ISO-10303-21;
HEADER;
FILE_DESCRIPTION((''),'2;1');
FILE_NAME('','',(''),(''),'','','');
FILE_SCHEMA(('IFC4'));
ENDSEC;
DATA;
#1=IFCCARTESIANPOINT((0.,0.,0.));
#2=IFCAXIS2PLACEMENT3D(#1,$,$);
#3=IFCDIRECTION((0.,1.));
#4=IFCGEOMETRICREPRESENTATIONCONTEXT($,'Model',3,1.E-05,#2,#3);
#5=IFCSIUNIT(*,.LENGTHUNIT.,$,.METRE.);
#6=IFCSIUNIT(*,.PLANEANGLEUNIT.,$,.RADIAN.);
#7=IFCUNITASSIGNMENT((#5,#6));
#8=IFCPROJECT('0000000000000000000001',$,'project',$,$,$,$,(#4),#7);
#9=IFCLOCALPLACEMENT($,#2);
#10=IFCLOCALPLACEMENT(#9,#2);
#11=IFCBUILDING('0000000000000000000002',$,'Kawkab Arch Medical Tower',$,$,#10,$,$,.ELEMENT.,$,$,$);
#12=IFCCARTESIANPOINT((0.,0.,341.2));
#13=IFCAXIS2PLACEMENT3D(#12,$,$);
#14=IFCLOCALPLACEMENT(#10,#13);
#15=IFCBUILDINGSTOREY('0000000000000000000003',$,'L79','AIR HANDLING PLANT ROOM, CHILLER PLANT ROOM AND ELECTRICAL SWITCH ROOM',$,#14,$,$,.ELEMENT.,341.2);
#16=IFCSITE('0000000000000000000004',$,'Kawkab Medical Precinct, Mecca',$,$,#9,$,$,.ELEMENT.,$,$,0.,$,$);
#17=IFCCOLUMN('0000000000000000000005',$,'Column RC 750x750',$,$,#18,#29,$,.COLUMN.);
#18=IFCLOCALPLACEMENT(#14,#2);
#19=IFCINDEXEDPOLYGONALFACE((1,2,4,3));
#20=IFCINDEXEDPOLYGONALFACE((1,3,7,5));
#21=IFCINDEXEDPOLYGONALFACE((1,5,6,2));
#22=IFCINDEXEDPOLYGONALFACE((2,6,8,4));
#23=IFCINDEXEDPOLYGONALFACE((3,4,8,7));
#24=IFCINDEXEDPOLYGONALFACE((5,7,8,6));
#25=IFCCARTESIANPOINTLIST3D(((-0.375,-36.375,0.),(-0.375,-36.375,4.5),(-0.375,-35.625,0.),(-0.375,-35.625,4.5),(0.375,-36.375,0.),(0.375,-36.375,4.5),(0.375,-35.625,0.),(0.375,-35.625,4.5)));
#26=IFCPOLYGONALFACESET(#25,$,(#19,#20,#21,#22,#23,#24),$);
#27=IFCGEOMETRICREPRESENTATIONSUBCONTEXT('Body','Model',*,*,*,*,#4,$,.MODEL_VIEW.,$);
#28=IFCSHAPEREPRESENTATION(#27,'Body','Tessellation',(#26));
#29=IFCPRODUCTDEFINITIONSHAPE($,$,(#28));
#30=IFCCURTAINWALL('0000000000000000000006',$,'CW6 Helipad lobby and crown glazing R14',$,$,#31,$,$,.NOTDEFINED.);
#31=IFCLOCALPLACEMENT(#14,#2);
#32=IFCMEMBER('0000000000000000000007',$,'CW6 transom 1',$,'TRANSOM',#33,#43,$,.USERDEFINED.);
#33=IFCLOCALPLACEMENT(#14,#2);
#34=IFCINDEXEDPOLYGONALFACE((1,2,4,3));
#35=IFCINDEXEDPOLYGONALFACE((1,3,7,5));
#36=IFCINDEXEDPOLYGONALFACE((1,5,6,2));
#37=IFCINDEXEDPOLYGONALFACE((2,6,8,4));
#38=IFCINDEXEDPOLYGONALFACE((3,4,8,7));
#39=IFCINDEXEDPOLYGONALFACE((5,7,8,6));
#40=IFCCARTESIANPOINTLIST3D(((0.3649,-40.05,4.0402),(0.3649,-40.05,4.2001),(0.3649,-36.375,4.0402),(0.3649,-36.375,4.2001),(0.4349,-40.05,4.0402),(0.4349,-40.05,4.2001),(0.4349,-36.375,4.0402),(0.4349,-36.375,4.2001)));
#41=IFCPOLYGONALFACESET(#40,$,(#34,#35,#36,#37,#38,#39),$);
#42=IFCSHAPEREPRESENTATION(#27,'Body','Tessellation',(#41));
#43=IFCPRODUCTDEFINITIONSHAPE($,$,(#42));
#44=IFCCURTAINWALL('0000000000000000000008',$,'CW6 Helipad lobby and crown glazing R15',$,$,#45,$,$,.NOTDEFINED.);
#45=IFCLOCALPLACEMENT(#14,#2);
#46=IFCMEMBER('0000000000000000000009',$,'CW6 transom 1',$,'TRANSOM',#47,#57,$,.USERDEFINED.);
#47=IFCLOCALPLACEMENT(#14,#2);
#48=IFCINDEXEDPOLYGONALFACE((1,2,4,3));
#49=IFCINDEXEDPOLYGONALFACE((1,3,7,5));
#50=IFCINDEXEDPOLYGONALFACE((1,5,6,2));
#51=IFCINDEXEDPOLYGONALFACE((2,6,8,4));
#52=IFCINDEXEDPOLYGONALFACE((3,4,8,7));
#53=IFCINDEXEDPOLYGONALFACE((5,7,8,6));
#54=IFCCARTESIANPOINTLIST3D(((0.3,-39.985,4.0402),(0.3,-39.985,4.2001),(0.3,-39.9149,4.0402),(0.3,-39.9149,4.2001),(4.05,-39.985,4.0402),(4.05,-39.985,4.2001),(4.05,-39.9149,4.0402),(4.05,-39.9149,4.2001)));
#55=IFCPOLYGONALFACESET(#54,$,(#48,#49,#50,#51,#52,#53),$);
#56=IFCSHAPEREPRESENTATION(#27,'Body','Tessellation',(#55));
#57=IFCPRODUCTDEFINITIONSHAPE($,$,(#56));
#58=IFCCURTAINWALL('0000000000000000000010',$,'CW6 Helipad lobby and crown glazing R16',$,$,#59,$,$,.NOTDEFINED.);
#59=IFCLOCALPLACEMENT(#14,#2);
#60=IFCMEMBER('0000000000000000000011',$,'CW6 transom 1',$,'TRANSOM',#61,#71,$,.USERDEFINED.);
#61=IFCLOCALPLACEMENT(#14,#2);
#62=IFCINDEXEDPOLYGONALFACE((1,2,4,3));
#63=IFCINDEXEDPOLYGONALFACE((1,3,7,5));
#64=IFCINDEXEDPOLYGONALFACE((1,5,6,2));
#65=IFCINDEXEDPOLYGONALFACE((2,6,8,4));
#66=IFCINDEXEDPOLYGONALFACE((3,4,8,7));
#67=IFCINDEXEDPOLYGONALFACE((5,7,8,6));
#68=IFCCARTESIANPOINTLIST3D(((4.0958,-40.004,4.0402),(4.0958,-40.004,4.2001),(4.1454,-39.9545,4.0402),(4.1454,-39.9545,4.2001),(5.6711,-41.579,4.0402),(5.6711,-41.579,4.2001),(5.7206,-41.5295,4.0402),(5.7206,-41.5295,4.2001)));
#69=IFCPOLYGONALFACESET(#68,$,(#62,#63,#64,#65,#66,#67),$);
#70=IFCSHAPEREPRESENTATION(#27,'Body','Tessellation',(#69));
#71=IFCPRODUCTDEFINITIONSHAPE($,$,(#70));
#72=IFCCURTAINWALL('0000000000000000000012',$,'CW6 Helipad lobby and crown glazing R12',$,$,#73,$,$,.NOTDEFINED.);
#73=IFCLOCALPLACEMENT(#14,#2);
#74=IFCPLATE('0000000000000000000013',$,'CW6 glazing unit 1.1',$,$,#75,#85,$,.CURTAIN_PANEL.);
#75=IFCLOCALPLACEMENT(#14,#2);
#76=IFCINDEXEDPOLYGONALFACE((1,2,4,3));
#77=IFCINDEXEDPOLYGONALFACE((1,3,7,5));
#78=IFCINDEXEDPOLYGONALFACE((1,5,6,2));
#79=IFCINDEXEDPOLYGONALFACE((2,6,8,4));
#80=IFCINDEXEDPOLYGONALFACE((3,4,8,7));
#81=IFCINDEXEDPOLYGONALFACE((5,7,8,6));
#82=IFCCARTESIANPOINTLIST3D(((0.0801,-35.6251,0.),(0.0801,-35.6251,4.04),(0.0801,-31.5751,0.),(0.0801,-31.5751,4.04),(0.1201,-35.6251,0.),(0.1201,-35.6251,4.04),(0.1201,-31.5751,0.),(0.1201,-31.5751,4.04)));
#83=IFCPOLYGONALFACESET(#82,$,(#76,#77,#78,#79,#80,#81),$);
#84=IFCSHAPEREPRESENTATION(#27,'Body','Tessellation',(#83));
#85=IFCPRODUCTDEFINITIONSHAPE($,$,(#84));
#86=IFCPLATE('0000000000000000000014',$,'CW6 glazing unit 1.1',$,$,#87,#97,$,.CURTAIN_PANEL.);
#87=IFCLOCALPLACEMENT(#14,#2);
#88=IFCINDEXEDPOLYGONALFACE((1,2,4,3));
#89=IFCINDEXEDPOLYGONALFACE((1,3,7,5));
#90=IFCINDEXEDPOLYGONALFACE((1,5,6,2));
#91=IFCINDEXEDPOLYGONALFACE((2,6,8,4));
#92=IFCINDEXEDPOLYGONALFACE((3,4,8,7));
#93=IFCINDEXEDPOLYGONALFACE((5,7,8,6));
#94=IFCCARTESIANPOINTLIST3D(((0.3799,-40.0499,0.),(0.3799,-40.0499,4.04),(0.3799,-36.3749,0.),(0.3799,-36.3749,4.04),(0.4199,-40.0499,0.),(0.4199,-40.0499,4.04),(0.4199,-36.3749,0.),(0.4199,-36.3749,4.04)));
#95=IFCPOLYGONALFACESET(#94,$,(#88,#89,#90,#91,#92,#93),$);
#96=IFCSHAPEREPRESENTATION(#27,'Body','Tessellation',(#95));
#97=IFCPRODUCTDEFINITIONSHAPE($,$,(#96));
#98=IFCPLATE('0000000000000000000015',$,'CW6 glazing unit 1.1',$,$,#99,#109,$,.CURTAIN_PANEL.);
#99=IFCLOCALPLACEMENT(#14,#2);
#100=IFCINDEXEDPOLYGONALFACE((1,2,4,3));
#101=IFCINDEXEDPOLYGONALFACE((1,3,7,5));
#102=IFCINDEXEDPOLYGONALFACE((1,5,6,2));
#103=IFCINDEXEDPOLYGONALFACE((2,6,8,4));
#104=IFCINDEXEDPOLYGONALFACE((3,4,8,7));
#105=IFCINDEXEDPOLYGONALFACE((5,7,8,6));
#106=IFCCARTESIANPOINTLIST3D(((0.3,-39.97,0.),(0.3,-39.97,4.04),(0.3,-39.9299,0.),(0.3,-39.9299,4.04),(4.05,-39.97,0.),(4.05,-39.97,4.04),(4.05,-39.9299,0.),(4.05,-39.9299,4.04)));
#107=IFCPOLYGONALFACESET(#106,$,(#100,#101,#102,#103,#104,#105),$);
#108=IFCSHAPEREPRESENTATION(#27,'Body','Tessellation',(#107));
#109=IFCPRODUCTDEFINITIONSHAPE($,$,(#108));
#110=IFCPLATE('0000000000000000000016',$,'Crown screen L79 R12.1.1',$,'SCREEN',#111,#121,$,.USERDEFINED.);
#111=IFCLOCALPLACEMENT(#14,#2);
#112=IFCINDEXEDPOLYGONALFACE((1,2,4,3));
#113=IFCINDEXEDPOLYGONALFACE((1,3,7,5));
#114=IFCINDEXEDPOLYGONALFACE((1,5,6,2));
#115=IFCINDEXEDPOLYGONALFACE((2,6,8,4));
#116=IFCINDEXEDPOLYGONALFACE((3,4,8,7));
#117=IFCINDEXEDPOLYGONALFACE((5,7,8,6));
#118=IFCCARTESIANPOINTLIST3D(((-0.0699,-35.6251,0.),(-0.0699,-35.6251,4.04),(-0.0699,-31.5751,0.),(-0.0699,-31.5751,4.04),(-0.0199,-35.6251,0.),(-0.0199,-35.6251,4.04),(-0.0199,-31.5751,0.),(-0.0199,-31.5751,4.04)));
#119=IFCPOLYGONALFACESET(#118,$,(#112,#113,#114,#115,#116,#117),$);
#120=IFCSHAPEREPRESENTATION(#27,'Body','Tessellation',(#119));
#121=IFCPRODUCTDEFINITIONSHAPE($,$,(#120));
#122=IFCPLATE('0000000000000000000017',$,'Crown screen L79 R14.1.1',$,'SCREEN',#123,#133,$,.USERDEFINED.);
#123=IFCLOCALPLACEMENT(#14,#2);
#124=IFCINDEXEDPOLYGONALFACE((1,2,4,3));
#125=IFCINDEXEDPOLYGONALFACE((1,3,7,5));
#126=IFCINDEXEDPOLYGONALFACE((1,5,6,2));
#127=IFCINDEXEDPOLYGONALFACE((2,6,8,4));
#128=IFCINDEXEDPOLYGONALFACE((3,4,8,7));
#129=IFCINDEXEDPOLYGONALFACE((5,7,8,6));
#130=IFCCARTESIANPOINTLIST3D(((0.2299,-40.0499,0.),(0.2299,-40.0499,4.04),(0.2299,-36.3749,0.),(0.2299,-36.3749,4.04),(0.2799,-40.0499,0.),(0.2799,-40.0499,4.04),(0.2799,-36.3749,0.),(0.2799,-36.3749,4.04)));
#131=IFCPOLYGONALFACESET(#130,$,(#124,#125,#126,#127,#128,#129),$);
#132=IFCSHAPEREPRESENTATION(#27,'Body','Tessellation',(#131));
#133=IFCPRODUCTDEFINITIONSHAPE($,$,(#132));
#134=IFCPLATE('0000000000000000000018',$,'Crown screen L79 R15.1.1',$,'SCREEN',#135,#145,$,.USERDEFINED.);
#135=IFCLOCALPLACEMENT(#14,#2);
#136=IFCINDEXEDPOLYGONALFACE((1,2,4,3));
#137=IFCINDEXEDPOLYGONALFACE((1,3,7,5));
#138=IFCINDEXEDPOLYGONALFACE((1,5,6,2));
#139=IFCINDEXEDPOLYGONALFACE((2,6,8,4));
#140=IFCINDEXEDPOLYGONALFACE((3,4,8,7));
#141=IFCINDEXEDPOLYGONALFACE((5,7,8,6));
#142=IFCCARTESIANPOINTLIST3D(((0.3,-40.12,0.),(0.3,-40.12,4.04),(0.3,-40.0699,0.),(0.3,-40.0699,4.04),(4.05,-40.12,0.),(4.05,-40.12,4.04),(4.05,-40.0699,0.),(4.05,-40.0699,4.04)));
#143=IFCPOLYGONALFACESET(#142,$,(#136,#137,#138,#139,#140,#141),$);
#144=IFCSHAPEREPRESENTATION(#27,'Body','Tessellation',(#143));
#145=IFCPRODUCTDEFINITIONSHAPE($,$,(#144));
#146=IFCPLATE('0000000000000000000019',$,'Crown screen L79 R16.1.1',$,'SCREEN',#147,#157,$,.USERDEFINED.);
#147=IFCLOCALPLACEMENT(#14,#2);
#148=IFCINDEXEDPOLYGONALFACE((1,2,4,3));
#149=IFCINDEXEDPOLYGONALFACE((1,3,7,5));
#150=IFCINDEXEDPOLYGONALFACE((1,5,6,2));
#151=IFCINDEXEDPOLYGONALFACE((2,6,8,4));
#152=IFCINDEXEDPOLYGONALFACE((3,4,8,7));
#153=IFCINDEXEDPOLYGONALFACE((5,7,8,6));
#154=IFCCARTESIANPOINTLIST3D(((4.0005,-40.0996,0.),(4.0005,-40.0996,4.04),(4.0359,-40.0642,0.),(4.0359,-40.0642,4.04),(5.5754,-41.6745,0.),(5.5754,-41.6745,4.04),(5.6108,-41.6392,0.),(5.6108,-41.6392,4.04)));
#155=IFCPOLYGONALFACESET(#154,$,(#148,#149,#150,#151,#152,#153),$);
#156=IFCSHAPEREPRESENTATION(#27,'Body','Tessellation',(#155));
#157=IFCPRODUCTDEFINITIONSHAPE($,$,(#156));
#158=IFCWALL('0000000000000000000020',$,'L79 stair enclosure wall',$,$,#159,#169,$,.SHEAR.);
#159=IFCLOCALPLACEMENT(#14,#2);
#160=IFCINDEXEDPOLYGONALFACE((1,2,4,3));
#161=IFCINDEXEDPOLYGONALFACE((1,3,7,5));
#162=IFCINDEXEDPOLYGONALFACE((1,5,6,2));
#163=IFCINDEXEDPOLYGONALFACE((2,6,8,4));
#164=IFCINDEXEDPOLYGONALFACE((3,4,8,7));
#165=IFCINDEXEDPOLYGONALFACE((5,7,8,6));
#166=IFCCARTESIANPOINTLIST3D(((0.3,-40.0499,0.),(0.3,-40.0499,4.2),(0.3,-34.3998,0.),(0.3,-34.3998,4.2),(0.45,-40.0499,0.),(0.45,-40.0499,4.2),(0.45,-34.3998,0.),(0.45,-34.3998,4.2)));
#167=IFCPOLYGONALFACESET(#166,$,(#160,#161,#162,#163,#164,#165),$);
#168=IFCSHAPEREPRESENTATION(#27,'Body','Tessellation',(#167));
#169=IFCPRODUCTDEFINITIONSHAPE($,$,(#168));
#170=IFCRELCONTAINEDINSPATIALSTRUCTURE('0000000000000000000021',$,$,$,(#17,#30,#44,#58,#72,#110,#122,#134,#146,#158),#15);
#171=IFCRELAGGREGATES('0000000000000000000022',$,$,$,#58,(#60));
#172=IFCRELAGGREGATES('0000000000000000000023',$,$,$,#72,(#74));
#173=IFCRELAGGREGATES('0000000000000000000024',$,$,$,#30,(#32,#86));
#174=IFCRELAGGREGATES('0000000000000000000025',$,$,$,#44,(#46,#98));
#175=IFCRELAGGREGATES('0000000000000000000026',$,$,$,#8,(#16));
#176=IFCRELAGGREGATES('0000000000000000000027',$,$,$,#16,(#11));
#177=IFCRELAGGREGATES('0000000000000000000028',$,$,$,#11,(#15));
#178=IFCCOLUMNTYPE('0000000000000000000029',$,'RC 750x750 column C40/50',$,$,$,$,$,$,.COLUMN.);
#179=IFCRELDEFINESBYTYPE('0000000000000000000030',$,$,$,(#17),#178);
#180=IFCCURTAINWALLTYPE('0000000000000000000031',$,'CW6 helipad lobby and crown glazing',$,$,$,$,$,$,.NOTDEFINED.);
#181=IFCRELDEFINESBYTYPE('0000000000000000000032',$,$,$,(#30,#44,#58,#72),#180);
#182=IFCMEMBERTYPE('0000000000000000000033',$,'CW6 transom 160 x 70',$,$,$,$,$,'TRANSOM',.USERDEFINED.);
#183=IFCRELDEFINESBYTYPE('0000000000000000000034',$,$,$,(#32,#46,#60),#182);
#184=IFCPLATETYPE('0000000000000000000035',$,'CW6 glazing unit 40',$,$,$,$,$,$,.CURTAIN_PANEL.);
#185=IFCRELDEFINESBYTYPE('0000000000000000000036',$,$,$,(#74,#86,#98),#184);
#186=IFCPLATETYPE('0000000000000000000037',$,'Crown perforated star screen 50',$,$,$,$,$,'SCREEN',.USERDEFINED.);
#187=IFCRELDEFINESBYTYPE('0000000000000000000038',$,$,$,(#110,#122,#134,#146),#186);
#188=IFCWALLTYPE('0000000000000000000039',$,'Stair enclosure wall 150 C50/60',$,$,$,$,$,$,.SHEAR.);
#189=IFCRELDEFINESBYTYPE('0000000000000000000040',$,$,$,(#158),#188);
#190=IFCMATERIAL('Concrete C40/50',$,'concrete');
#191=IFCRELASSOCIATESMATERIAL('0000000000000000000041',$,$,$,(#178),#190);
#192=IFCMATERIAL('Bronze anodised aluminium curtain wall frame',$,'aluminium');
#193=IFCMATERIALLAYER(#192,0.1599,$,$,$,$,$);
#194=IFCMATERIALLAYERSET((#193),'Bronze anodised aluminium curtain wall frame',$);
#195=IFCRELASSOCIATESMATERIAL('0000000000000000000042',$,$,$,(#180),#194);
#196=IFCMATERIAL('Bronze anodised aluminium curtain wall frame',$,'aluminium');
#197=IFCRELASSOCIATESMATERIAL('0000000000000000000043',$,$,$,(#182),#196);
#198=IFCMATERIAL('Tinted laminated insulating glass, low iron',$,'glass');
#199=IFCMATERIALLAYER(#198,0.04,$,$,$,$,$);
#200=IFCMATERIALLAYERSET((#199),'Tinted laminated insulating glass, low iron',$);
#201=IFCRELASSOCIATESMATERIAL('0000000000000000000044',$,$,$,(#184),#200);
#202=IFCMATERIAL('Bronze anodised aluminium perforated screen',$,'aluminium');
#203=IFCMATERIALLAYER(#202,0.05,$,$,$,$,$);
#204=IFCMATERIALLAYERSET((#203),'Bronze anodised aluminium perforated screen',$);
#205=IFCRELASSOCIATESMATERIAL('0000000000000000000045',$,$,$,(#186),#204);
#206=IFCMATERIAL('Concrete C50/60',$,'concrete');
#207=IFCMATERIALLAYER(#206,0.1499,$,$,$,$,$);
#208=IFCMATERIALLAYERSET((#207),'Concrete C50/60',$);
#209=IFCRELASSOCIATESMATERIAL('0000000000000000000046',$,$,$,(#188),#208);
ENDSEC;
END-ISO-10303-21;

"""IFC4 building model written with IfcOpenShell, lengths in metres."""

from ifc_helpers import new_model, si_unit, direction, frame, frame_2d, origin, origin_2d, place, context, subcontext, project, spatial, rectangle, extrude, material, layer, layer_set, material_profile, profile_set, type_object, element, aggregate, save


model = new_model("IFC4")

# Units and contexts
model_context = context("Model", 3, precision=1e-05, world=origin(), true_north=direction((0.0, 1.0)))
body_context = subcontext(model_context, "Body", "Model", "MODEL_VIEW")
ifc_project = project(units=[si_unit("LENGTHUNIT", "METRE"), si_unit("PLANEANGLEUNIT", "RADIAN")], contexts=[model_context])

# Site, building, storey
site_placement = place(None, origin())
site = spatial("IfcSite", under=ifc_project, at=site_placement, Name="Kawkab Medical Precinct, Mecca", CompositionType="ELEMENT", RefElevation=0.0)
building_placement = place(site_placement, origin())
building = spatial("IfcBuilding", under=site, at=building_placement, Name="Kawkab Arch Medical Tower", CompositionType="ELEMENT")
storey_placement = place(building_placement, frame((0.0, 0.0, 341.2)))
storey = spatial("IfcBuildingStorey", under=building, at=storey_placement, Name="L79", Description="AIR HANDLING PLANT ROOM, CHILLER PLANT ROOM AND ELECTRICAL SWITCH ROOM", CompositionType="ELEMENT", Elevation=341.2)

# Column
ifc_material_1 = material(Name="Concrete C40/50", Category="concrete")
ifc_material_profile_1 = material_profile(ifc_material_1, rectangle(XDim=0.75, YDim=0.75, at=origin_2d()), Name="RC 750x750")
ifc_profile_set_1 = profile_set([ifc_material_profile_1], Name="Concrete C40/50")
column_type = type_object("IfcColumnType", Name="RC 750x750 column C40/50", PredefinedType="COLUMN", material=ifc_profile_set_1)
column_placement = place(storey_placement, frame((0.0, -36.0, 0.0), z_axis=(0.0, 0.0, 1.0), x_axis=(1.0, 0.0, 0.0)))
element("IfcColumn", 1, at=column_placement, inside=storey, type_object=column_type, Name="Column RC 750x750", PredefinedType="COLUMN", context=body_context, shape_type="SweptSolid", body=[
    extrude(rectangle(XDim=0.75, YDim=0.75, at=origin_2d()), origin(), (0.0, 0.0, 1.0), 4.5),
])

# Curtain walls, members
ifc_material_2 = material(Name="Bronze anodised aluminium curtain wall frame", Category="aluminium")
ifc_layer_1 = layer(ifc_material_2, 0.1599)
ifc_layer_set_1 = layer_set([ifc_layer_1], Name="Bronze anodised aluminium curtain wall frame")
curtain_wall_type = type_object("IfcCurtainWallType", Name="CW6 helipad lobby and crown glazing", PredefinedType="NOTDEFINED", material=ifc_layer_set_1)
placement = place(storey_placement, origin())
curtain_wall_1 = element("IfcCurtainWall", 2, at=placement, inside=storey, type_object=curtain_wall_type, Name="CW6 Helipad lobby and crown glazing R14", PredefinedType="NOTDEFINED")
ifc_material_3 = material(Name="Bronze anodised aluminium curtain wall frame", Category="aluminium")
ifc_material_profile_2 = material_profile(ifc_material_3, rectangle(XDim=0.0701, YDim=0.1599, at=origin_2d()), Name="AL 70x160")
ifc_profile_set_2 = profile_set([ifc_material_profile_2], Name="Bronze anodised aluminium curtain wall frame")
member_type = type_object("IfcMemberType", Name="CW6 transom 160 x 70", ElementType="TRANSOM", PredefinedType="USERDEFINED", material=ifc_profile_set_2)
member_1_placement = place(storey_placement, frame((0.3999, -36.375, 4.1201), z_axis=(0.0, -1.0, 0.0), x_axis=(1.0, 0.0, 0.0)))
member_1 = element("IfcMember", 3, at=member_1_placement, type_object=member_type, Name="CW6 transom 1", ObjectType="TRANSOM", PredefinedType="USERDEFINED", context=body_context, shape_type="SweptSolid", body=[
    extrude(rectangle(XDim=0.0701, YDim=0.1599, at=origin_2d()), origin(), (0.0, 0.0, 1.0), 3.675),
])
curtain_wall_2 = element("IfcCurtainWall", 4, at=placement, inside=storey, type_object=curtain_wall_type, Name="CW6 Helipad lobby and crown glazing R15", PredefinedType="NOTDEFINED")
member_2_placement = place(storey_placement, frame((0.3, -39.95, 4.1201), z_axis=(1.0, 0.0, 0.0), x_axis=(0.0, 1.0, 0.0)))
member_2 = element("IfcMember", 5, at=member_2_placement, type_object=member_type, Name="CW6 transom 1", ObjectType="TRANSOM", PredefinedType="USERDEFINED", context=body_context, shape_type="SweptSolid", body=[
    extrude(rectangle(XDim=0.0701, YDim=0.1599, at=origin_2d()), origin(), (0.0, 0.0, 1.0), 3.75),
])
curtain_wall_3 = element("IfcCurtainWall", 6, at=placement, inside=storey, type_object=curtain_wall_type, Name="CW6 Helipad lobby and crown glazing R16", PredefinedType="NOTDEFINED")
member_3_placement = place(storey_placement, frame((4.1206, -39.9792, 4.1201), z_axis=(0.707162, -0.707052, 0.0), x_axis=(0.707052, 0.707162, 0.0)))
member_3 = element("IfcMember", 7, at=member_3_placement, type_object=member_type, Name="CW6 transom 1", ObjectType="TRANSOM", PredefinedType="USERDEFINED", context=body_context, shape_type="SweptSolid", body=[
    extrude(rectangle(XDim=0.0701, YDim=0.1599, at=origin_2d()), origin(), (0.0, 0.0, 1.0), 2.2275),
])
aggregate(curtain_wall_3, [member_3])

# Curtain wall, plate
curtain_wall_4 = element("IfcCurtainWall", 8, at=placement, inside=storey, type_object=curtain_wall_type, Name="CW6 Helipad lobby and crown glazing R12", PredefinedType="NOTDEFINED")
ifc_material_4 = material(Name="Tinted laminated insulating glass, low iron", Category="glass")
ifc_layer_2 = layer(ifc_material_4, 0.04)
ifc_layer_set_2 = layer_set([ifc_layer_2], Name="Tinted laminated insulating glass, low iron")
plate_type_1 = type_object("IfcPlateType", Name="CW6 glazing unit 40", PredefinedType="CURTAIN_PANEL", material=ifc_layer_set_2)
plate_1_placement = place(storey_placement, frame((0.1001, -33.6001, 0.0), z_axis=(0.0, 0.0, 1.0), x_axis=(0.0, -1.0, 0.0)))
plate_1 = element("IfcPlate", 9, at=plate_1_placement, type_object=plate_type_1, Name="CW6 glazing unit 1.1", PredefinedType="CURTAIN_PANEL", context=body_context, shape_type="SweptSolid", body=[
    extrude(rectangle(XDim=4.05, YDim=0.04, at=origin_2d()), origin(), (0.0, 0.0, 1.0), 4.04),
])
aggregate(curtain_wall_4, [plate_1])

# Plates
plate_2_placement = place(storey_placement, frame((0.3999, -38.2124, 0.0), z_axis=(0.0, 0.0, 1.0), x_axis=(0.0, -1.0, 0.0)))
plate_2 = element("IfcPlate", 10, at=plate_2_placement, type_object=plate_type_1, Name="CW6 glazing unit 1.1", PredefinedType="CURTAIN_PANEL", context=body_context, shape_type="SweptSolid", body=[
    extrude(rectangle(XDim=3.675, YDim=0.04, at=origin_2d()), origin(), (0.0, 0.0, 1.0), 4.04),
])
aggregate(curtain_wall_1, [member_1, plate_2])
plate_3_placement = place(storey_placement, frame((2.175, -39.95, 0.0), z_axis=(0.0, 0.0, 1.0), x_axis=(1.0, 0.0, 0.0)))
plate_3 = element("IfcPlate", 11, at=plate_3_placement, type_object=plate_type_1, Name="CW6 glazing unit 1.1", PredefinedType="CURTAIN_PANEL", context=body_context, shape_type="SweptSolid", body=[
    extrude(rectangle(XDim=3.75, YDim=0.04, at=origin_2d()), origin(), (0.0, 0.0, 1.0), 4.04),
])
aggregate(curtain_wall_2, [member_2, plate_3])

# Plates
ifc_material_5 = material(Name="Bronze anodised aluminium perforated screen", Category="aluminium")
ifc_layer_3 = layer(ifc_material_5, 0.05)
ifc_layer_set_3 = layer_set([ifc_layer_3], Name="Bronze anodised aluminium perforated screen")
plate_type_2 = type_object("IfcPlateType", Name="Crown perforated star screen 50", ElementType="SCREEN", PredefinedType="USERDEFINED", material=ifc_layer_set_3)
plate_4_placement = place(storey_placement, frame((-0.0449, -33.6001, 0.0), z_axis=(0.0, 0.0, 1.0), x_axis=(0.0, -1.0, 0.0)))
element("IfcPlate", 12, at=plate_4_placement, inside=storey, type_object=plate_type_2, Name="Crown screen L79 R12.1.1", ObjectType="SCREEN", PredefinedType="USERDEFINED", context=body_context, shape_type="SweptSolid", body=[
    extrude(rectangle(XDim=4.05, YDim=0.05, at=origin_2d()), origin(), (0.0, 0.0, 1.0), 4.04),
])
plate_5_placement = place(storey_placement, frame((0.2549, -38.2124, 0.0), z_axis=(0.0, 0.0, 1.0), x_axis=(0.0, -1.0, 0.0)))
element("IfcPlate", 13, at=plate_5_placement, inside=storey, type_object=plate_type_2, Name="Crown screen L79 R14.1.1", ObjectType="SCREEN", PredefinedType="USERDEFINED", context=body_context, shape_type="SweptSolid", body=[
    extrude(rectangle(XDim=3.675, YDim=0.05, at=origin_2d()), origin(), (0.0, 0.0, 1.0), 4.04),
])
plate_6_placement = place(storey_placement, frame((2.175, -40.095, 0.0), z_axis=(0.0, 0.0, 1.0), x_axis=(1.0, 0.0, 0.0)))
element("IfcPlate", 14, at=plate_6_placement, inside=storey, type_object=plate_type_2, Name="Crown screen L79 R15.1.1", ObjectType="SCREEN", PredefinedType="USERDEFINED", context=body_context, shape_type="SweptSolid", body=[
    extrude(rectangle(XDim=3.75, YDim=0.05, at=origin_2d()), origin(), (0.0, 0.0, 1.0), 4.04),
])
plate_7_placement = place(storey_placement, frame((4.8057, -40.8694, 0.0), z_axis=(0.0, 0.0, 1.0), x_axis=(0.707107, -0.707107, 0.0)))
element("IfcPlate", 15, at=plate_7_placement, inside=storey, type_object=plate_type_2, Name="Crown screen L79 R16.1.1", ObjectType="SCREEN", PredefinedType="USERDEFINED", context=body_context, shape_type="SweptSolid", body=[
    extrude(rectangle(XDim=2.2273, YDim=0.05, at=origin_2d()), origin(), (0.0, 0.0, 1.0), 4.04),
])

# Wall
ifc_material_6 = material(Name="Concrete C50/60", Category="concrete")
ifc_layer_4 = layer(ifc_material_6, 0.1499)
ifc_layer_set_4 = layer_set([ifc_layer_4], Name="Concrete C50/60")
wall_type_1 = type_object("IfcWallType", Name="Stair enclosure wall 150 C50/60", PredefinedType="SHEAR", material=ifc_layer_set_4)
wall_1_placement = place(storey_placement, frame((0.375, -40.05, 0.0), z_axis=(0.0, 0.0, 1.0), x_axis=(0.0, 1.0, 0.0)))
element("IfcWall", 16, at=wall_1_placement, inside=storey, type_object=wall_type_1, Name="L79 stair enclosure wall", PredefinedType="SHEAR", context=body_context, shape_type="SweptSolid", body=[
    extrude(rectangle(XDim=5.6501, YDim=0.1499, at=frame_2d((2.8252, 0.0))), origin(), (0.0, 0.0, 1.0), 4.2),
])

save(model, "model.ifc")
